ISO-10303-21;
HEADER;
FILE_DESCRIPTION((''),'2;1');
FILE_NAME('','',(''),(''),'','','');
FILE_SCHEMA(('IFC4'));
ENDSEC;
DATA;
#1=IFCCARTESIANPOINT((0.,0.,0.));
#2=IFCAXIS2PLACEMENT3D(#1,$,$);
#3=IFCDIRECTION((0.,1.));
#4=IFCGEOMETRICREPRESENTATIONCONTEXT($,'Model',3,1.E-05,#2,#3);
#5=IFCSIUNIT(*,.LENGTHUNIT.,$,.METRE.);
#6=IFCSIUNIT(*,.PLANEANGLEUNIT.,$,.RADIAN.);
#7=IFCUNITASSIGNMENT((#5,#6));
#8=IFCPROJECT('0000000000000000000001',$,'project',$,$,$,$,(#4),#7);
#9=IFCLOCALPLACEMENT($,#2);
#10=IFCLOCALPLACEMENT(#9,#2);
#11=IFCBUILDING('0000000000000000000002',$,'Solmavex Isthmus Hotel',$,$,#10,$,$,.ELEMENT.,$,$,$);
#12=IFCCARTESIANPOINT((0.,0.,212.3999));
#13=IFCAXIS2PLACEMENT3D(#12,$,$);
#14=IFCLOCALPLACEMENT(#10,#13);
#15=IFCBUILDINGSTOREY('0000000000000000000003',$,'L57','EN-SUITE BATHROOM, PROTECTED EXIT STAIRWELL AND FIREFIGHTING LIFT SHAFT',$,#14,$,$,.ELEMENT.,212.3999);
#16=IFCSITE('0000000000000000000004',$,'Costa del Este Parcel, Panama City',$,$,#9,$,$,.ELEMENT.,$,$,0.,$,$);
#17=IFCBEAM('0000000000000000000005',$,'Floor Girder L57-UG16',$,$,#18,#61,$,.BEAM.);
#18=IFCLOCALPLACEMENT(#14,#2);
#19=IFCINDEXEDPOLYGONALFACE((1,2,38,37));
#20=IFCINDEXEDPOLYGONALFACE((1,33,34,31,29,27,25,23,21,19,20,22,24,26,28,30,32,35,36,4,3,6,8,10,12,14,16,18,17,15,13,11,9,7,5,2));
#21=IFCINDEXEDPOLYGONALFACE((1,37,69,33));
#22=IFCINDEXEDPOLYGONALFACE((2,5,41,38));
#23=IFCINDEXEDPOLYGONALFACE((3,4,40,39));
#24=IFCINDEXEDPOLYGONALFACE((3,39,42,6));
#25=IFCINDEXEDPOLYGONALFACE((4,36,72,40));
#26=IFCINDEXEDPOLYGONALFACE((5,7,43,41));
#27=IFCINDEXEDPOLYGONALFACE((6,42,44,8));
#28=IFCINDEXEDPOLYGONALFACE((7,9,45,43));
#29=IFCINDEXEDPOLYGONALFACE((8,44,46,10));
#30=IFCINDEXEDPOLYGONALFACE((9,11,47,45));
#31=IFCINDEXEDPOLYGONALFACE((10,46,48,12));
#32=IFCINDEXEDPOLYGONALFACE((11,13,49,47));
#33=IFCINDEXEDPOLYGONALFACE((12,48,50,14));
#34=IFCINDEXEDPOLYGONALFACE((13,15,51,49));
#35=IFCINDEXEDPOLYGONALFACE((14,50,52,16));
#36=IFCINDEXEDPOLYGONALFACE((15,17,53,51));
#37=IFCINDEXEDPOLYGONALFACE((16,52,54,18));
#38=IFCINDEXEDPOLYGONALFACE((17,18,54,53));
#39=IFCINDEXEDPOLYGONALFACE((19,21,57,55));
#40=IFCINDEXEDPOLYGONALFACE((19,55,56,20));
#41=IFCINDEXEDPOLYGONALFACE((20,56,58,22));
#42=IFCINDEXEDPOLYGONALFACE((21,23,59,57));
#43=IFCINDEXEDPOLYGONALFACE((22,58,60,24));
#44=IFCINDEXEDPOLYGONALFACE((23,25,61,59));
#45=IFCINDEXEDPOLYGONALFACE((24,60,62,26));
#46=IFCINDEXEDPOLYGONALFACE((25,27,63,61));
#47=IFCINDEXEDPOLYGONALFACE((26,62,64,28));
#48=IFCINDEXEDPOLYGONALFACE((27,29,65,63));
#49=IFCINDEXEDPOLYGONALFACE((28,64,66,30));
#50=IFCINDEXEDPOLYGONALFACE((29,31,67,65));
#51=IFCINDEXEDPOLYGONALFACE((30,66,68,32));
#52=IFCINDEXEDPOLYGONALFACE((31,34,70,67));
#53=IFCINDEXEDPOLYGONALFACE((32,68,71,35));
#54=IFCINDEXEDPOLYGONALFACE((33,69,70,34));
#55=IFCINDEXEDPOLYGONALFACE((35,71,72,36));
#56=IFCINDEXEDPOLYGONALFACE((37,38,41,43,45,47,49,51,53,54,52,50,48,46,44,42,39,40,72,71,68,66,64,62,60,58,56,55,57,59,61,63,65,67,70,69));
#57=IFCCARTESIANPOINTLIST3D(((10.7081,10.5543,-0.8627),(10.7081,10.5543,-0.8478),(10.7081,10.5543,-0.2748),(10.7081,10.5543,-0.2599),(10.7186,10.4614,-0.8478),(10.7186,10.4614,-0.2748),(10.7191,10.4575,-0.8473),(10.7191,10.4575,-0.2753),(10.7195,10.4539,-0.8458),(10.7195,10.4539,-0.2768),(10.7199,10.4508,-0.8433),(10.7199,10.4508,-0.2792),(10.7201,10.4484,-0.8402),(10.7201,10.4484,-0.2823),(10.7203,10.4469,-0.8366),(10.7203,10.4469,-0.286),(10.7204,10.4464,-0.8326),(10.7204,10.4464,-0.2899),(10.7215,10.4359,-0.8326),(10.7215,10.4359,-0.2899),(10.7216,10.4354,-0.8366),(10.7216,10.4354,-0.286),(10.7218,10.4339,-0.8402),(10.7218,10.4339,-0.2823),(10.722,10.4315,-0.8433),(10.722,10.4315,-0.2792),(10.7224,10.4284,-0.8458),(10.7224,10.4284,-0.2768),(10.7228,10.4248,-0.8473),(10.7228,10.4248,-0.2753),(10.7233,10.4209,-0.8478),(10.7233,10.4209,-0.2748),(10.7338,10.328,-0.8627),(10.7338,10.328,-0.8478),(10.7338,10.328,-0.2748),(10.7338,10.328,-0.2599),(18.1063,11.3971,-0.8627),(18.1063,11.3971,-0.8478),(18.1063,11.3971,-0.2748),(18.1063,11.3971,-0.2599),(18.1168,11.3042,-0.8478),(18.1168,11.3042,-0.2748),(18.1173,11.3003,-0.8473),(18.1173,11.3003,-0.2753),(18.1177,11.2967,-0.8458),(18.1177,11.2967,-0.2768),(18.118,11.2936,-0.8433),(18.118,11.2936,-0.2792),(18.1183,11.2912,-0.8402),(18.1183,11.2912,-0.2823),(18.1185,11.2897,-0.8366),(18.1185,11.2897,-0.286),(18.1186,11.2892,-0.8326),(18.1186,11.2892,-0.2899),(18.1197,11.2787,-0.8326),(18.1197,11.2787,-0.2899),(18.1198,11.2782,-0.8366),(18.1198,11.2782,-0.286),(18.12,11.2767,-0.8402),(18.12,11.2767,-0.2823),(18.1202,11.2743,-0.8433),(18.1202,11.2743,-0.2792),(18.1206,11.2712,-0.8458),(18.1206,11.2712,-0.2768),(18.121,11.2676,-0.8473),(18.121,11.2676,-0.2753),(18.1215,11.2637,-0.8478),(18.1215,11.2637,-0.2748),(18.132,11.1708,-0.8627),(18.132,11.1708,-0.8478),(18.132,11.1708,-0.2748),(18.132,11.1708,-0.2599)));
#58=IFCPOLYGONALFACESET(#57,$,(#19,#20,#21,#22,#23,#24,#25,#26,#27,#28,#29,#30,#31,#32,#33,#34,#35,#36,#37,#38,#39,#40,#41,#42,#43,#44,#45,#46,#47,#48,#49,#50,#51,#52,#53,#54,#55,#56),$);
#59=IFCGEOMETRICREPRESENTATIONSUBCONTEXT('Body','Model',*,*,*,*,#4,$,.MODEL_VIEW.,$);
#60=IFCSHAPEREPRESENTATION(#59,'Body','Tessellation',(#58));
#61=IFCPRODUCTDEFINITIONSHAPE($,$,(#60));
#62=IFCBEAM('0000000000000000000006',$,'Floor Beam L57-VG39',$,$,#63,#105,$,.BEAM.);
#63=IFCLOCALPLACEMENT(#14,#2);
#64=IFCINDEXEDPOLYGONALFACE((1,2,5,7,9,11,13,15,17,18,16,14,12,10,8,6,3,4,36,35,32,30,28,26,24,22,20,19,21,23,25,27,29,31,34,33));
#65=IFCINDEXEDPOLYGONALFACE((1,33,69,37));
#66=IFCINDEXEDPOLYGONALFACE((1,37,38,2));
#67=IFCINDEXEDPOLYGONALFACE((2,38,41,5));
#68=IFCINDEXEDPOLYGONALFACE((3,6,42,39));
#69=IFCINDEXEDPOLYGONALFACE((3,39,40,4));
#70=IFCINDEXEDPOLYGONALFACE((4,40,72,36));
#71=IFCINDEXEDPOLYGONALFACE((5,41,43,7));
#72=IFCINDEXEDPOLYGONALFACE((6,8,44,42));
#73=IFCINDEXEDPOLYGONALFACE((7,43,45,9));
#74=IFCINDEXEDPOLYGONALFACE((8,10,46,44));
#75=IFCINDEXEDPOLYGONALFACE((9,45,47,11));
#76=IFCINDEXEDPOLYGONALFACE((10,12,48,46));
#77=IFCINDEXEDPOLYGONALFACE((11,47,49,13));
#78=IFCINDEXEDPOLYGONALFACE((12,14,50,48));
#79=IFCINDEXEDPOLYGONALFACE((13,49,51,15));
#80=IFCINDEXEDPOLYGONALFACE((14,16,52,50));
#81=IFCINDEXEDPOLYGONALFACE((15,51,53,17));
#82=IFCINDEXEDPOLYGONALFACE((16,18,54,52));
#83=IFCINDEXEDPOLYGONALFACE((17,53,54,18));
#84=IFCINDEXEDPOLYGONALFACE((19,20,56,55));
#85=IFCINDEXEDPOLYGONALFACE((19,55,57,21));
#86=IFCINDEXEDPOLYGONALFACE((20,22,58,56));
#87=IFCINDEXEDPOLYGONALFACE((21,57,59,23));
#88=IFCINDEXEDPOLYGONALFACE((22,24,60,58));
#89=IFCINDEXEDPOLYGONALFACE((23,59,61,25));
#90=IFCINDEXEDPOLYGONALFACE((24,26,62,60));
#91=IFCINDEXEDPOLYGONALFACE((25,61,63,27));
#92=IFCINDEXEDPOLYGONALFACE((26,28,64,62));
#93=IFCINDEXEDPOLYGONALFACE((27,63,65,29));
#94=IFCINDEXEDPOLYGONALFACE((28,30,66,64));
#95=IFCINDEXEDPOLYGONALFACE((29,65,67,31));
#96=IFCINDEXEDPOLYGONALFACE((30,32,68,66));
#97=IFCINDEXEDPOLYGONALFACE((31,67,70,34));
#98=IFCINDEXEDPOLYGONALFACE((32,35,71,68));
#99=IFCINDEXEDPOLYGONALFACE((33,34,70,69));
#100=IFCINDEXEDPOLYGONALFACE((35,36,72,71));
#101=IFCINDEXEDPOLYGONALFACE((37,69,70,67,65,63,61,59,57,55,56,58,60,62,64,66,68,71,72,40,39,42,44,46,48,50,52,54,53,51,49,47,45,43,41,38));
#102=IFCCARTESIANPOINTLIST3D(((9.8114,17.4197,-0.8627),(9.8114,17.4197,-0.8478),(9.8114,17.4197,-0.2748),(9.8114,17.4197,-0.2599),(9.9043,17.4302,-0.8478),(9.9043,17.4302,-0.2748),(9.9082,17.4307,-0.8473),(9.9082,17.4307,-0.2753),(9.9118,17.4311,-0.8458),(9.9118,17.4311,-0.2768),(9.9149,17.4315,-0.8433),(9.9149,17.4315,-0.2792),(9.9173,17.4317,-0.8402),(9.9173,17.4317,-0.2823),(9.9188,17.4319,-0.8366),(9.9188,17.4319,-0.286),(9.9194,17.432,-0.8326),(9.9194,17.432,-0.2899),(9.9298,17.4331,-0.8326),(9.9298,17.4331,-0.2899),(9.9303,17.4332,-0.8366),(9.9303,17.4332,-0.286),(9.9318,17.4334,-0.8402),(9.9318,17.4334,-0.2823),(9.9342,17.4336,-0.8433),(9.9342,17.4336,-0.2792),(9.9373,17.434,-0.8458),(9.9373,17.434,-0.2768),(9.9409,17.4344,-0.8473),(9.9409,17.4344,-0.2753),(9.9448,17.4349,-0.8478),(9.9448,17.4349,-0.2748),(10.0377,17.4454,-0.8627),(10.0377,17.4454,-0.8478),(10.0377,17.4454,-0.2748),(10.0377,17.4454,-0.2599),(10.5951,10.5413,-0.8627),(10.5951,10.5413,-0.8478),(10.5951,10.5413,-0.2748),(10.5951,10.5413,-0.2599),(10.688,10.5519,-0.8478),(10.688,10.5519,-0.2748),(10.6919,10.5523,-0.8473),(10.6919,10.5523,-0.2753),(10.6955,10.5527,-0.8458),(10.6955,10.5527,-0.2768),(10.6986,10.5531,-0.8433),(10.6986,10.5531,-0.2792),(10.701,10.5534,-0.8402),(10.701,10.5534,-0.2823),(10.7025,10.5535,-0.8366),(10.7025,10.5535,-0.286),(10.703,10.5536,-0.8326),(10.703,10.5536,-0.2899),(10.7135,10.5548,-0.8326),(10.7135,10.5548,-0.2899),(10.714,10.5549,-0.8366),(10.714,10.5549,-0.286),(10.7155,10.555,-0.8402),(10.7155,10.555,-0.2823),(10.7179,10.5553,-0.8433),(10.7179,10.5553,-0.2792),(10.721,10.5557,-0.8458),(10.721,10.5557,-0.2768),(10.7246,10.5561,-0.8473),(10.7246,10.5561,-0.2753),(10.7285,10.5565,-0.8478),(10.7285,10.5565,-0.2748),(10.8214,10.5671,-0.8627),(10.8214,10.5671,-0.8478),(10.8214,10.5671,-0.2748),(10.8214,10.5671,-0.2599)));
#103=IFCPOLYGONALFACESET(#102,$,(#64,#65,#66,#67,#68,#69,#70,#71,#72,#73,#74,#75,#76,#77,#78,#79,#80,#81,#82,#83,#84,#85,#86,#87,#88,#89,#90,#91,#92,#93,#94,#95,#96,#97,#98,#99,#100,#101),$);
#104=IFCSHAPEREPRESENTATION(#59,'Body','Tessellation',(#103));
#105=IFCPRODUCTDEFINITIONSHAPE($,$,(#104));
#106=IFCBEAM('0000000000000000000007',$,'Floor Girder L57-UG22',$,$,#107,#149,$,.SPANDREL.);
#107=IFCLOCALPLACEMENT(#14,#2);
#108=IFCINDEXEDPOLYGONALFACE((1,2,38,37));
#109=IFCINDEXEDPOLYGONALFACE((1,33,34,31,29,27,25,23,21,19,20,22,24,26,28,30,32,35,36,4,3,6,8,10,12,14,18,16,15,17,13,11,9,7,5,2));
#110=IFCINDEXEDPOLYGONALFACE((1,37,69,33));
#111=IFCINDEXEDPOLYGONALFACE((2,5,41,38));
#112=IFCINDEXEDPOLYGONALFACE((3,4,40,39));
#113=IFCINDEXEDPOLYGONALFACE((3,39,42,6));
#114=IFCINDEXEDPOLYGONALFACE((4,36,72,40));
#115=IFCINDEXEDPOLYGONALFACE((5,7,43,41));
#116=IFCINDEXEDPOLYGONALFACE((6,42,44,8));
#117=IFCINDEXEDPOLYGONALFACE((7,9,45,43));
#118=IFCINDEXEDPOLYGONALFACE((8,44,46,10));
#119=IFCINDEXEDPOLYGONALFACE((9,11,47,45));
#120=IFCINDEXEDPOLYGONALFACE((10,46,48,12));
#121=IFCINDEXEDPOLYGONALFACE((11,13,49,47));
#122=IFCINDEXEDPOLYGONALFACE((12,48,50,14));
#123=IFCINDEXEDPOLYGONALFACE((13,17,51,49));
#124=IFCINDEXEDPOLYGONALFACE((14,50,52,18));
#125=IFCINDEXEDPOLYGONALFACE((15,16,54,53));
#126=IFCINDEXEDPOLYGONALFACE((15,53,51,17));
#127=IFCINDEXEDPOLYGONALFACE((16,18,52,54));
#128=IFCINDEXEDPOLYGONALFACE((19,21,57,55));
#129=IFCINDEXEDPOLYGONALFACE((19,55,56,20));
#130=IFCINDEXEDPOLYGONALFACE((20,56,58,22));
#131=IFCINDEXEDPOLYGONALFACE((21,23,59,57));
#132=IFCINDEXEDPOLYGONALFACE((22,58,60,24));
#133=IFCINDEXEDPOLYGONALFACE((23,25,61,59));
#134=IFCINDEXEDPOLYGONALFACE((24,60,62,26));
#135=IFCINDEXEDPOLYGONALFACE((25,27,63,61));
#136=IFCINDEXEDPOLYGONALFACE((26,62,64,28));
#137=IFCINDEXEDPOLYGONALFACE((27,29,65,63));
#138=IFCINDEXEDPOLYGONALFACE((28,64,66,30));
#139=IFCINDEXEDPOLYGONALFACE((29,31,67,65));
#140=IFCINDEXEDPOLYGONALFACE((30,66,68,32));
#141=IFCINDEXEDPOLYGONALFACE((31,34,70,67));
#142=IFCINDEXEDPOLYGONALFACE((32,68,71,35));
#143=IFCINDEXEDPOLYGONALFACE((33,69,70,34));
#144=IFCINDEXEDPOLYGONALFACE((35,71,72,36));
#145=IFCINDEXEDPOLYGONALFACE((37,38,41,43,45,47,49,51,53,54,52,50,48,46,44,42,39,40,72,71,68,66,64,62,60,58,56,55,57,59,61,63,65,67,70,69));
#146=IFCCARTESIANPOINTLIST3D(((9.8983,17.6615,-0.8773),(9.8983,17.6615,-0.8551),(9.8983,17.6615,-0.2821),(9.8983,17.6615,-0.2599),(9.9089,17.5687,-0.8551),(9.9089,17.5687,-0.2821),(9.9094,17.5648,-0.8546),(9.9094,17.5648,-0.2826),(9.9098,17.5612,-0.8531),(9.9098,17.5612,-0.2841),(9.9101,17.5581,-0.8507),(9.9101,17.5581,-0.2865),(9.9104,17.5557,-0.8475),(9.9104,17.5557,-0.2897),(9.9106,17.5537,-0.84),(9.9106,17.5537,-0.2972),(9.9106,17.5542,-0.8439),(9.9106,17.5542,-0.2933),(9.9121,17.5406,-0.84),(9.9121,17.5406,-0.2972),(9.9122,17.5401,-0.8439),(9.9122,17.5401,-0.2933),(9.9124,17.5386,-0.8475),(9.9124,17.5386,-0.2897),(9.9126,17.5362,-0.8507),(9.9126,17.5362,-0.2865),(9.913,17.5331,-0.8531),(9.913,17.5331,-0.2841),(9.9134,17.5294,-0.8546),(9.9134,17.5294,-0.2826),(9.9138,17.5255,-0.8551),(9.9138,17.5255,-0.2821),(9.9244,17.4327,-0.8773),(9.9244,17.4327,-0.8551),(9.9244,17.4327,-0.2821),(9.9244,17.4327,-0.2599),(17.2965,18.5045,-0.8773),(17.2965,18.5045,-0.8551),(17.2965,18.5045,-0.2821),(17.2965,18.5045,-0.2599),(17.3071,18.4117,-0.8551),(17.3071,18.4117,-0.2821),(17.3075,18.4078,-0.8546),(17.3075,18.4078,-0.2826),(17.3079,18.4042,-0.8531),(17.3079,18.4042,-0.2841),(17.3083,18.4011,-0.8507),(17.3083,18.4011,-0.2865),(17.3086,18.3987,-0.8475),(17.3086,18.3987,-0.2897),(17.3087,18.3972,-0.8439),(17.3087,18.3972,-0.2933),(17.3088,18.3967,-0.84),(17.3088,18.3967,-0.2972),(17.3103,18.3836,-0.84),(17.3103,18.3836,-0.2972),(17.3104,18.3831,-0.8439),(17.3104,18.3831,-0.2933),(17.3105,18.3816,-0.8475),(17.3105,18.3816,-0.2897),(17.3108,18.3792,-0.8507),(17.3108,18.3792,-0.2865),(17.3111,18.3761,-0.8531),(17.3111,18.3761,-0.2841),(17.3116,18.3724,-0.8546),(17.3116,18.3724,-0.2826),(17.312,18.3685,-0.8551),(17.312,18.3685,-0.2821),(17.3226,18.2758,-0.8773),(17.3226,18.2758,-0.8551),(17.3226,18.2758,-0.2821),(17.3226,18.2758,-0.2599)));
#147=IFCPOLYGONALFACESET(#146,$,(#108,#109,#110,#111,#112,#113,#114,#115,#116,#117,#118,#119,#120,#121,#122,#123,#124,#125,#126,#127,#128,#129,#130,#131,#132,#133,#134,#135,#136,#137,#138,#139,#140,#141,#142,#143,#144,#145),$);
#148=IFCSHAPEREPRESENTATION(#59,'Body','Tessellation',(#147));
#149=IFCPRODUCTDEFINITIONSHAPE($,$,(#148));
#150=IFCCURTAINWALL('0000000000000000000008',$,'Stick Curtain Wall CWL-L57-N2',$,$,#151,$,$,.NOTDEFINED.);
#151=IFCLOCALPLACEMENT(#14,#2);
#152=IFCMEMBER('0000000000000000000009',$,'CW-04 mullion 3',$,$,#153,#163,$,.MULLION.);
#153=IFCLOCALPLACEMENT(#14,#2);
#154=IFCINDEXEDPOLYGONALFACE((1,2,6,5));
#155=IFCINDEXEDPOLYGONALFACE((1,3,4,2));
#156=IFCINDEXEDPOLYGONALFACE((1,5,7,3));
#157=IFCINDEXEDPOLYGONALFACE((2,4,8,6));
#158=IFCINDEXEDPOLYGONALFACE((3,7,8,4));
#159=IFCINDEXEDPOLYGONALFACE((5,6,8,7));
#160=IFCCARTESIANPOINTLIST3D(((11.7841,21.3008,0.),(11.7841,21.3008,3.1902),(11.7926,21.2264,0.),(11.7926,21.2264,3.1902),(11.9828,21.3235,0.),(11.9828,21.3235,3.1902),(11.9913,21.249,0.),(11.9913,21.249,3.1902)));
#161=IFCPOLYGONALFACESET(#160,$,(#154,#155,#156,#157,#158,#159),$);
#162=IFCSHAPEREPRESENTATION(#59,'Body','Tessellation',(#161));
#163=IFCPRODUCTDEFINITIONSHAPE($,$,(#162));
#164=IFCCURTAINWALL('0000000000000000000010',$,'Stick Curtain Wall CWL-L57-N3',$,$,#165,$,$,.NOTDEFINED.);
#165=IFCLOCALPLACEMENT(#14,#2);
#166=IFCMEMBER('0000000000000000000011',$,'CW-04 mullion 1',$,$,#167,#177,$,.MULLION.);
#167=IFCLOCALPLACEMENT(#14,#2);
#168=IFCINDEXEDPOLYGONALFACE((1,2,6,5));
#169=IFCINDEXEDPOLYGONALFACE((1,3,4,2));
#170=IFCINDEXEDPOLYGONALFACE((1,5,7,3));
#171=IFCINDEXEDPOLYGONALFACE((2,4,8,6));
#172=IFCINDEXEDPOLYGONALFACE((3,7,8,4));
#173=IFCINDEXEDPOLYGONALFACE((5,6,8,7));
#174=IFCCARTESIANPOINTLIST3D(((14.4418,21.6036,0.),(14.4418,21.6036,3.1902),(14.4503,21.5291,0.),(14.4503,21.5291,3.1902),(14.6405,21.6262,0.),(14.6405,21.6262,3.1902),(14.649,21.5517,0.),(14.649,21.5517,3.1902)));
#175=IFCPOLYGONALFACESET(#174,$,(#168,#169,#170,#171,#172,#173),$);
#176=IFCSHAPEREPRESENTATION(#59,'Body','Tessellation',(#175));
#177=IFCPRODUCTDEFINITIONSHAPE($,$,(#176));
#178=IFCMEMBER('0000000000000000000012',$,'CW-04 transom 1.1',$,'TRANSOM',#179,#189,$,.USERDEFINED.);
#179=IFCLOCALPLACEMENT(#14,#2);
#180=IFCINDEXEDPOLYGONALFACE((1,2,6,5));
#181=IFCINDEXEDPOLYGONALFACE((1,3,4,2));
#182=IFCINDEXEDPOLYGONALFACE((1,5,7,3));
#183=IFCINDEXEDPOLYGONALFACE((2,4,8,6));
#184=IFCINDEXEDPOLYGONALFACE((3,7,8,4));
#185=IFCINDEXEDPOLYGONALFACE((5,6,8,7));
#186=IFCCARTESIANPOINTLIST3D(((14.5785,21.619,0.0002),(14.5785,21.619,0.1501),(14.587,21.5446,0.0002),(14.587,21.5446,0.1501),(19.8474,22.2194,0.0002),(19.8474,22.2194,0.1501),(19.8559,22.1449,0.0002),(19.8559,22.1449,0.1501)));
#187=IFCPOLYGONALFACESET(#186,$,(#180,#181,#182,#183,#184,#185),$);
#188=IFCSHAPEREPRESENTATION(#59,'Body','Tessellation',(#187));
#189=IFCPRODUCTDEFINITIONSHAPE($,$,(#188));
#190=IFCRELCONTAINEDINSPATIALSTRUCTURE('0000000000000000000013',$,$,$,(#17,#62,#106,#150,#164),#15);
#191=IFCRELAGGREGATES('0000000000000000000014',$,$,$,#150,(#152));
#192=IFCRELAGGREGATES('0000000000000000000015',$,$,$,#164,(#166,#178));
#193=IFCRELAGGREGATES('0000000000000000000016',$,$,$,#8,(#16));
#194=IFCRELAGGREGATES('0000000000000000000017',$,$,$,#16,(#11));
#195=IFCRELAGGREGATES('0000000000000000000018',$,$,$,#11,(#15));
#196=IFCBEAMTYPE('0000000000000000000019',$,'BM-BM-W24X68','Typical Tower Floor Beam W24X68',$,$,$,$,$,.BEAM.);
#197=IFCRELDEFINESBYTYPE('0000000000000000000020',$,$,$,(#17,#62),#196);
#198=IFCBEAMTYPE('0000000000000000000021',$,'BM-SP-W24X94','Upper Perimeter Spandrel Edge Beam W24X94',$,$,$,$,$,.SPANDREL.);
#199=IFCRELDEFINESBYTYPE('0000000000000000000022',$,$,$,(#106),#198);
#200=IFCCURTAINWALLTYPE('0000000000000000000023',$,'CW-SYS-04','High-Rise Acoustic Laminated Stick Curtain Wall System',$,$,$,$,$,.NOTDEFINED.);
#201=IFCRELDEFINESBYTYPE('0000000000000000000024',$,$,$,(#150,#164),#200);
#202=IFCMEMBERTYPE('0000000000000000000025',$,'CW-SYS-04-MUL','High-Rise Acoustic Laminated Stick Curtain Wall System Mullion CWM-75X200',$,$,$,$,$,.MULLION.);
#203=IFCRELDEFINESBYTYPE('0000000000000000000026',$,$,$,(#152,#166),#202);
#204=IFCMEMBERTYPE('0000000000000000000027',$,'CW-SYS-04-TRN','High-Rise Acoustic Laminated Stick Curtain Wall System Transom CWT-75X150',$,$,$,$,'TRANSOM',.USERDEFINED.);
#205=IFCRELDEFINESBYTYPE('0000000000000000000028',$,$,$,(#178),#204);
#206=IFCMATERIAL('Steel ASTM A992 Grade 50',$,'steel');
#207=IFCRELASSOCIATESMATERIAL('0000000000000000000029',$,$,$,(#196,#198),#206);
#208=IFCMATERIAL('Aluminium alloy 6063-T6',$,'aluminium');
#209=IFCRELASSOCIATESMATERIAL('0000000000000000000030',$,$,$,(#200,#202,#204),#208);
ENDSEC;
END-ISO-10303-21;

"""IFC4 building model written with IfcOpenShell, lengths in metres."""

from ifc_helpers import new_model, si_unit, direction, frame, origin, origin_2d, place, context, subcontext, project, spatial, rectangle, i_section, extrude, material, material_profile, profile_set, type_object, element, aggregate, save


model = new_model("IFC4")

# Units and contexts
model_context = context("Model", 3, precision=1e-05, world=origin(), true_north=direction((0.0, 1.0)))
body_context = subcontext(model_context, "Body", "Model", "MODEL_VIEW")
ifc_project = project(units=[si_unit("LENGTHUNIT", "METRE"), si_unit("PLANEANGLEUNIT", "RADIAN")], contexts=[model_context])

# Site, building, storey
site_placement = place(None, origin())
site = spatial("IfcSite", under=ifc_project, at=site_placement, Name="Costa del Este Parcel, Panama City", CompositionType="ELEMENT", RefElevation=0.0)
building_placement = place(site_placement, origin())
building = spatial("IfcBuilding", under=site, at=building_placement, Name="Solmavex Isthmus Hotel", CompositionType="ELEMENT")
storey_placement = place(building_placement, frame((0.0, 0.0, 212.3999)))
storey = spatial("IfcBuildingStorey", under=building, at=storey_placement, Name="L57", Description="EN-SUITE BATHROOM, PROTECTED EXIT STAIRWELL AND FIREFIGHTING LIFT SHAFT", CompositionType="ELEMENT", Elevation=212.3999)

# Beams
ifc_material_1 = material(Name="Steel ASTM A992 Grade 50", Category="steel")
ifc_material_profile_1 = material_profile(ifc_material_1, i_section(OverallWidth=0.2278, OverallDepth=0.6028, WebThickness=0.0105, FlangeThickness=0.0149, FilletRadius=0.0151, at=origin_2d()), Name="W24X68")
ifc_profile_set_1 = profile_set([ifc_material_profile_1], Name="Steel ASTM A992 Grade 50")
beam_type_1 = type_object("IfcBeamType", Name="BM-BM-W24X68", Description="Typical Tower Floor Beam W24X68", PredefinedType="BEAM", material=ifc_profile_set_1)
beam_1_placement = place(storey_placement, frame((10.7209, 10.4412, -0.5613), z_axis=(0.993574, 0.113184, 0.0), x_axis=(-0.113184, 0.993574, 0.0)))
element("IfcBeam", 1, at=beam_1_placement, inside=storey, type_object=beam_type_1, Name="Floor Girder L57-UG16", PredefinedType="BEAM", context=body_context, shape_type="SweptSolid", body=[
    extrude(i_section(OverallWidth=0.2278, OverallDepth=0.6028, WebThickness=0.0105, FlangeThickness=0.0149, FilletRadius=0.0151, at=origin_2d()), origin(), (0.0, 0.0, 1.0), 7.446),
])
beam_2_placement = place(storey_placement, frame((10.7083, 10.5542, -0.5613), z_axis=(-0.113202, 0.993572, 0.0), x_axis=(-0.993572, -0.113202, 0.0)))
element("IfcBeam", 2, at=beam_2_placement, inside=storey, type_object=beam_type_1, Name="Floor Beam L57-VG39", PredefinedType="BEAM", context=body_context, shape_type="SweptSolid", body=[
    extrude(i_section(OverallWidth=0.2278, OverallDepth=0.6028, WebThickness=0.0105, FlangeThickness=0.0149, FilletRadius=0.0151, at=origin_2d()), origin(), (0.0, 0.0, 1.0), 6.9229),
])
ifc_material_profile_2 = material_profile(ifc_material_1, i_section(OverallWidth=0.2302, OverallDepth=0.6174, WebThickness=0.0132, FlangeThickness=0.0222, FilletRadius=0.0151, at=origin_2d()), Name="W24X94")
ifc_profile_set_2 = profile_set([ifc_material_profile_2], Name="Steel ASTM A992 Grade 50")
beam_type_2 = type_object("IfcBeamType", Name="BM-SP-W24X94", Description="Upper Perimeter Spandrel Edge Beam W24X94", PredefinedType="SPANDREL", material=ifc_profile_set_2)
beam_3_placement = place(storey_placement, frame((9.9114, 17.5471, -0.5686), z_axis=(0.99357, 0.113216, 0.0), x_axis=(-0.113216, 0.99357, 0.0)))
element("IfcBeam", 3, at=beam_3_placement, inside=storey, type_object=beam_type_2, Name="Floor Girder L57-UG22", PredefinedType="SPANDREL", context=body_context, shape_type="SweptSolid", body=[
    extrude(i_section(OverallWidth=0.2302, OverallDepth=0.6174, WebThickness=0.0132, FlangeThickness=0.0222, FilletRadius=0.0151, at=origin_2d()), origin(), (0.0, 0.0, 1.0), 7.446),
])

# Curtain wall, member
ifc_material_2 = material(Name="Aluminium alloy 6063-T6", Category="aluminium")
curtain_wall_type = type_object("IfcCurtainWallType", Name="CW-SYS-04", Description="High-Rise Acoustic Laminated Stick Curtain Wall System", PredefinedType="NOTDEFINED", material=ifc_material_2)
curtain_wall_1_placement = place(storey_placement, origin())
curtain_wall_1 = element("IfcCurtainWall", 4, at=curtain_wall_1_placement, inside=storey, type_object=curtain_wall_type, Name="Stick Curtain Wall CWL-L57-N2", PredefinedType="NOTDEFINED")
ifc_material_profile_3 = material_profile(ifc_material_2, rectangle(XDim=0.075, YDim=0.2, at=origin_2d()), Name="CWM-75X200")
ifc_profile_set_3 = profile_set([ifc_material_profile_3], Name="Aluminium alloy 6063-T6")
member_type_1 = type_object("IfcMemberType", Name="CW-SYS-04-MUL", Description="High-Rise Acoustic Laminated Stick Curtain Wall System Mullion CWM-75X200", PredefinedType="MULLION", material=ifc_profile_set_3)
member_1_placement = place(storey_placement, frame((11.8877, 21.2749, 0.0), z_axis=(0.0, 0.0, 1.0), x_axis=(-0.113203, 0.993572, 0.0)))
member_1 = element("IfcMember", 5, at=member_1_placement, type_object=member_type_1, Name="CW-04 mullion 3", PredefinedType="MULLION", context=body_context, shape_type="SweptSolid", body=[
    extrude(rectangle(XDim=0.075, YDim=0.2, at=origin_2d()), origin(), (0.0, 0.0, 1.0), 3.1902),
])

# Curtain wall, members
curtain_wall_2_placement = place(storey_placement, origin())
curtain_wall_2 = element("IfcCurtainWall", 6, at=curtain_wall_2_placement, inside=storey, type_object=curtain_wall_type, Name="Stick Curtain Wall CWL-L57-N3", PredefinedType="NOTDEFINED")
member_2_placement = place(storey_placement, frame((14.5454, 21.5776, 0.0), z_axis=(0.0, 0.0, 1.0), x_axis=(-0.113204, 0.993572, 0.0)))
member_2 = element("IfcMember", 7, at=member_2_placement, type_object=member_type_1, Name="CW-04 mullion 1", PredefinedType="MULLION", context=body_context, shape_type="SweptSolid", body=[
    extrude(rectangle(XDim=0.075, YDim=0.2, at=origin_2d()), origin(), (0.0, 0.0, 1.0), 3.1902),
])
ifc_material_profile_4 = material_profile(ifc_material_2, rectangle(XDim=0.075, YDim=0.1499, at=origin_2d()), Name="CWT-75X150")
ifc_profile_set_4 = profile_set([ifc_material_profile_4], Name="Aluminium alloy 6063-T6")
member_type_2 = type_object("IfcMemberType", Name="CW-SYS-04-TRN", Description="High-Rise Acoustic Laminated Stick Curtain Wall System Transom CWT-75X150", ElementType="TRANSOM", PredefinedType="USERDEFINED", material=ifc_profile_set_4)
member_3_placement = place(storey_placement, frame((14.5828, 21.5818, 0.0752), z_axis=(0.993571, 0.11321, 0.0), x_axis=(-0.11321, 0.993571, 0.0)))
member_3 = element("IfcMember", 8, at=member_3_placement, type_object=member_type_2, Name="CW-04 transom 1.1", ObjectType="TRANSOM", PredefinedType="USERDEFINED", context=body_context, shape_type="SweptSolid", body=[
    extrude(rectangle(XDim=0.075, YDim=0.1499, at=origin_2d()), origin(), (0.0, 0.0, 1.0), 5.303),
])

aggregate(curtain_wall_1, [member_1])
aggregate(curtain_wall_2, [member_2, member_3])

save(model, "model.ifc")
